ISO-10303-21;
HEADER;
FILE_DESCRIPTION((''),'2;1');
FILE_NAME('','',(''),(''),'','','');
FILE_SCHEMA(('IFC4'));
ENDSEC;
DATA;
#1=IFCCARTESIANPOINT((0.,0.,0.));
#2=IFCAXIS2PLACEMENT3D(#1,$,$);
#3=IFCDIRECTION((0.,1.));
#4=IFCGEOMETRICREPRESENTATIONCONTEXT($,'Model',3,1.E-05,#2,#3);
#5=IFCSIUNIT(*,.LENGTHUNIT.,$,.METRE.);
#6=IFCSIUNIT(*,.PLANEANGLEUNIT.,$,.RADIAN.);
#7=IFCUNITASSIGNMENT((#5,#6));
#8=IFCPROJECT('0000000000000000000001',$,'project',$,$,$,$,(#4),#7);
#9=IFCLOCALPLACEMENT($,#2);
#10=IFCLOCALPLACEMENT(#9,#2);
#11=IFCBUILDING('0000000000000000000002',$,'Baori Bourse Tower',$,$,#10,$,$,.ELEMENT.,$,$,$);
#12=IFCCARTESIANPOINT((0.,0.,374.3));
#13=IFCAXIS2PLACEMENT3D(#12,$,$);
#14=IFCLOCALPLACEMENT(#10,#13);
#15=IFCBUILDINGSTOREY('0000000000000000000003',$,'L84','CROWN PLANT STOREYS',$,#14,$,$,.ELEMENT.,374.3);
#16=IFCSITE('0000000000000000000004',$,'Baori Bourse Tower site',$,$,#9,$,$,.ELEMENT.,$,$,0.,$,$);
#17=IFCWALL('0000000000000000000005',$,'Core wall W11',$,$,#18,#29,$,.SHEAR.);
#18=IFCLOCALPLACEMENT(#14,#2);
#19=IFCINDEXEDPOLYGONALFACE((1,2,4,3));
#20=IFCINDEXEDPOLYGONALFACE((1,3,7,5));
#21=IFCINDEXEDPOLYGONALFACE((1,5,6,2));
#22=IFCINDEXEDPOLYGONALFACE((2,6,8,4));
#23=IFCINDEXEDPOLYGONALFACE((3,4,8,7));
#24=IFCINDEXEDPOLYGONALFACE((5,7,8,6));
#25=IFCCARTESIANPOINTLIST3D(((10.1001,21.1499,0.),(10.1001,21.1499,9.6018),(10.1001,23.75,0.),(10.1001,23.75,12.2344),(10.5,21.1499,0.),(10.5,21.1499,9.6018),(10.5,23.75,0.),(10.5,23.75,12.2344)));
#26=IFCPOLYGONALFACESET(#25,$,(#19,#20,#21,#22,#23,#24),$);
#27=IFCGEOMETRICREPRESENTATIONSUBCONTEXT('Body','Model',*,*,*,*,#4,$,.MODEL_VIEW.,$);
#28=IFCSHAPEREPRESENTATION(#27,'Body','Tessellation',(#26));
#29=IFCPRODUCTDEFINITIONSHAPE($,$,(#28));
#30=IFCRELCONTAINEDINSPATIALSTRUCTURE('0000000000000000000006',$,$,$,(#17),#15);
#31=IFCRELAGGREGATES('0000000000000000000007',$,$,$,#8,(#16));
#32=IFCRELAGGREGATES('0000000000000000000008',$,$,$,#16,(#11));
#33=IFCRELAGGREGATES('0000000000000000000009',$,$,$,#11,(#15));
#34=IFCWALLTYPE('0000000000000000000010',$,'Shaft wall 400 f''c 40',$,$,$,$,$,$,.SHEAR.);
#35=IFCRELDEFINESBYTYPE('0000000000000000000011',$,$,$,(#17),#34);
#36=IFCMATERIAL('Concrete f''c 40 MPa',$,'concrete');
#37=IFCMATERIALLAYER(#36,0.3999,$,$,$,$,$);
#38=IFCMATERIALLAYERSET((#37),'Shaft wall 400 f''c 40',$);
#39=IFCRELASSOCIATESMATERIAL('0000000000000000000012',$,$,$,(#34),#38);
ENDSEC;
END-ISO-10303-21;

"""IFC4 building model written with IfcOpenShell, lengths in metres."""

from ifc_helpers import new_model, si_unit, direction, frame, origin, place, context, subcontext, project, spatial, polyline, outline, extrude, material, layer, layer_set, type_object, element, save


model = new_model("IFC4")

# Units and contexts
model_context = context("Model", 3, precision=1e-05, world=origin(), true_north=direction((0.0, 1.0)))
body_context = subcontext(model_context, "Body", "Model", "MODEL_VIEW")
ifc_project = project(units=[si_unit("LENGTHUNIT", "METRE"), si_unit("PLANEANGLEUNIT", "RADIAN")], contexts=[model_context])

# Site, building, storey
site_placement = place(None, origin())
site = spatial("IfcSite", under=ifc_project, at=site_placement, Name="Baori Bourse Tower site", CompositionType="ELEMENT", RefElevation=0.0)
building_placement = place(site_placement, origin())
building = spatial("IfcBuilding", under=site, at=building_placement, Name="Baori Bourse Tower", CompositionType="ELEMENT")
storey_placement = place(building_placement, frame((0.0, 0.0, 374.3)))
storey = spatial("IfcBuildingStorey", under=building, at=storey_placement, Name="L84", Description="CROWN PLANT STOREYS", CompositionType="ELEMENT", Elevation=374.3)

# Wall
ifc_material_1 = material(Name="Concrete f'c 40 MPa", Category="concrete")
ifc_layer_1 = layer(ifc_material_1, 0.3999)
ifc_layer_set_1 = layer_set([ifc_layer_1], Name="Shaft wall 400 f'c 40")
wall_type_1 = type_object("IfcWallType", Name="Shaft wall 400 f'c 40", PredefinedType="SHEAR", material=ifc_layer_set_1)
wall_1_placement = place(storey_placement, frame((10.3, 21.1499, 0.0), z_axis=(0.0, 0.0, 1.0), x_axis=(0.0, 1.0, 0.0)))
element("IfcWall", 1, at=wall_1_placement, inside=storey, type_object=wall_type_1, Name="Core wall W11", PredefinedType="SHEAR", context=body_context, shape_type="SweptSolid", body=[
    extrude(outline(polyline([(0.0, 0.0), (2.6001, 0.0), (2.6001, 12.2344), (0.0, 9.6018), (0.0, 0.0)])), frame((0.0, 0.2, 0.0), z_axis=(0.0, -1.0, 0.0), x_axis=(1.0, 0.0, 0.0)), (0.0, 0.0, 1.0), 0.3999),
])

save(model, "model.ifc")
